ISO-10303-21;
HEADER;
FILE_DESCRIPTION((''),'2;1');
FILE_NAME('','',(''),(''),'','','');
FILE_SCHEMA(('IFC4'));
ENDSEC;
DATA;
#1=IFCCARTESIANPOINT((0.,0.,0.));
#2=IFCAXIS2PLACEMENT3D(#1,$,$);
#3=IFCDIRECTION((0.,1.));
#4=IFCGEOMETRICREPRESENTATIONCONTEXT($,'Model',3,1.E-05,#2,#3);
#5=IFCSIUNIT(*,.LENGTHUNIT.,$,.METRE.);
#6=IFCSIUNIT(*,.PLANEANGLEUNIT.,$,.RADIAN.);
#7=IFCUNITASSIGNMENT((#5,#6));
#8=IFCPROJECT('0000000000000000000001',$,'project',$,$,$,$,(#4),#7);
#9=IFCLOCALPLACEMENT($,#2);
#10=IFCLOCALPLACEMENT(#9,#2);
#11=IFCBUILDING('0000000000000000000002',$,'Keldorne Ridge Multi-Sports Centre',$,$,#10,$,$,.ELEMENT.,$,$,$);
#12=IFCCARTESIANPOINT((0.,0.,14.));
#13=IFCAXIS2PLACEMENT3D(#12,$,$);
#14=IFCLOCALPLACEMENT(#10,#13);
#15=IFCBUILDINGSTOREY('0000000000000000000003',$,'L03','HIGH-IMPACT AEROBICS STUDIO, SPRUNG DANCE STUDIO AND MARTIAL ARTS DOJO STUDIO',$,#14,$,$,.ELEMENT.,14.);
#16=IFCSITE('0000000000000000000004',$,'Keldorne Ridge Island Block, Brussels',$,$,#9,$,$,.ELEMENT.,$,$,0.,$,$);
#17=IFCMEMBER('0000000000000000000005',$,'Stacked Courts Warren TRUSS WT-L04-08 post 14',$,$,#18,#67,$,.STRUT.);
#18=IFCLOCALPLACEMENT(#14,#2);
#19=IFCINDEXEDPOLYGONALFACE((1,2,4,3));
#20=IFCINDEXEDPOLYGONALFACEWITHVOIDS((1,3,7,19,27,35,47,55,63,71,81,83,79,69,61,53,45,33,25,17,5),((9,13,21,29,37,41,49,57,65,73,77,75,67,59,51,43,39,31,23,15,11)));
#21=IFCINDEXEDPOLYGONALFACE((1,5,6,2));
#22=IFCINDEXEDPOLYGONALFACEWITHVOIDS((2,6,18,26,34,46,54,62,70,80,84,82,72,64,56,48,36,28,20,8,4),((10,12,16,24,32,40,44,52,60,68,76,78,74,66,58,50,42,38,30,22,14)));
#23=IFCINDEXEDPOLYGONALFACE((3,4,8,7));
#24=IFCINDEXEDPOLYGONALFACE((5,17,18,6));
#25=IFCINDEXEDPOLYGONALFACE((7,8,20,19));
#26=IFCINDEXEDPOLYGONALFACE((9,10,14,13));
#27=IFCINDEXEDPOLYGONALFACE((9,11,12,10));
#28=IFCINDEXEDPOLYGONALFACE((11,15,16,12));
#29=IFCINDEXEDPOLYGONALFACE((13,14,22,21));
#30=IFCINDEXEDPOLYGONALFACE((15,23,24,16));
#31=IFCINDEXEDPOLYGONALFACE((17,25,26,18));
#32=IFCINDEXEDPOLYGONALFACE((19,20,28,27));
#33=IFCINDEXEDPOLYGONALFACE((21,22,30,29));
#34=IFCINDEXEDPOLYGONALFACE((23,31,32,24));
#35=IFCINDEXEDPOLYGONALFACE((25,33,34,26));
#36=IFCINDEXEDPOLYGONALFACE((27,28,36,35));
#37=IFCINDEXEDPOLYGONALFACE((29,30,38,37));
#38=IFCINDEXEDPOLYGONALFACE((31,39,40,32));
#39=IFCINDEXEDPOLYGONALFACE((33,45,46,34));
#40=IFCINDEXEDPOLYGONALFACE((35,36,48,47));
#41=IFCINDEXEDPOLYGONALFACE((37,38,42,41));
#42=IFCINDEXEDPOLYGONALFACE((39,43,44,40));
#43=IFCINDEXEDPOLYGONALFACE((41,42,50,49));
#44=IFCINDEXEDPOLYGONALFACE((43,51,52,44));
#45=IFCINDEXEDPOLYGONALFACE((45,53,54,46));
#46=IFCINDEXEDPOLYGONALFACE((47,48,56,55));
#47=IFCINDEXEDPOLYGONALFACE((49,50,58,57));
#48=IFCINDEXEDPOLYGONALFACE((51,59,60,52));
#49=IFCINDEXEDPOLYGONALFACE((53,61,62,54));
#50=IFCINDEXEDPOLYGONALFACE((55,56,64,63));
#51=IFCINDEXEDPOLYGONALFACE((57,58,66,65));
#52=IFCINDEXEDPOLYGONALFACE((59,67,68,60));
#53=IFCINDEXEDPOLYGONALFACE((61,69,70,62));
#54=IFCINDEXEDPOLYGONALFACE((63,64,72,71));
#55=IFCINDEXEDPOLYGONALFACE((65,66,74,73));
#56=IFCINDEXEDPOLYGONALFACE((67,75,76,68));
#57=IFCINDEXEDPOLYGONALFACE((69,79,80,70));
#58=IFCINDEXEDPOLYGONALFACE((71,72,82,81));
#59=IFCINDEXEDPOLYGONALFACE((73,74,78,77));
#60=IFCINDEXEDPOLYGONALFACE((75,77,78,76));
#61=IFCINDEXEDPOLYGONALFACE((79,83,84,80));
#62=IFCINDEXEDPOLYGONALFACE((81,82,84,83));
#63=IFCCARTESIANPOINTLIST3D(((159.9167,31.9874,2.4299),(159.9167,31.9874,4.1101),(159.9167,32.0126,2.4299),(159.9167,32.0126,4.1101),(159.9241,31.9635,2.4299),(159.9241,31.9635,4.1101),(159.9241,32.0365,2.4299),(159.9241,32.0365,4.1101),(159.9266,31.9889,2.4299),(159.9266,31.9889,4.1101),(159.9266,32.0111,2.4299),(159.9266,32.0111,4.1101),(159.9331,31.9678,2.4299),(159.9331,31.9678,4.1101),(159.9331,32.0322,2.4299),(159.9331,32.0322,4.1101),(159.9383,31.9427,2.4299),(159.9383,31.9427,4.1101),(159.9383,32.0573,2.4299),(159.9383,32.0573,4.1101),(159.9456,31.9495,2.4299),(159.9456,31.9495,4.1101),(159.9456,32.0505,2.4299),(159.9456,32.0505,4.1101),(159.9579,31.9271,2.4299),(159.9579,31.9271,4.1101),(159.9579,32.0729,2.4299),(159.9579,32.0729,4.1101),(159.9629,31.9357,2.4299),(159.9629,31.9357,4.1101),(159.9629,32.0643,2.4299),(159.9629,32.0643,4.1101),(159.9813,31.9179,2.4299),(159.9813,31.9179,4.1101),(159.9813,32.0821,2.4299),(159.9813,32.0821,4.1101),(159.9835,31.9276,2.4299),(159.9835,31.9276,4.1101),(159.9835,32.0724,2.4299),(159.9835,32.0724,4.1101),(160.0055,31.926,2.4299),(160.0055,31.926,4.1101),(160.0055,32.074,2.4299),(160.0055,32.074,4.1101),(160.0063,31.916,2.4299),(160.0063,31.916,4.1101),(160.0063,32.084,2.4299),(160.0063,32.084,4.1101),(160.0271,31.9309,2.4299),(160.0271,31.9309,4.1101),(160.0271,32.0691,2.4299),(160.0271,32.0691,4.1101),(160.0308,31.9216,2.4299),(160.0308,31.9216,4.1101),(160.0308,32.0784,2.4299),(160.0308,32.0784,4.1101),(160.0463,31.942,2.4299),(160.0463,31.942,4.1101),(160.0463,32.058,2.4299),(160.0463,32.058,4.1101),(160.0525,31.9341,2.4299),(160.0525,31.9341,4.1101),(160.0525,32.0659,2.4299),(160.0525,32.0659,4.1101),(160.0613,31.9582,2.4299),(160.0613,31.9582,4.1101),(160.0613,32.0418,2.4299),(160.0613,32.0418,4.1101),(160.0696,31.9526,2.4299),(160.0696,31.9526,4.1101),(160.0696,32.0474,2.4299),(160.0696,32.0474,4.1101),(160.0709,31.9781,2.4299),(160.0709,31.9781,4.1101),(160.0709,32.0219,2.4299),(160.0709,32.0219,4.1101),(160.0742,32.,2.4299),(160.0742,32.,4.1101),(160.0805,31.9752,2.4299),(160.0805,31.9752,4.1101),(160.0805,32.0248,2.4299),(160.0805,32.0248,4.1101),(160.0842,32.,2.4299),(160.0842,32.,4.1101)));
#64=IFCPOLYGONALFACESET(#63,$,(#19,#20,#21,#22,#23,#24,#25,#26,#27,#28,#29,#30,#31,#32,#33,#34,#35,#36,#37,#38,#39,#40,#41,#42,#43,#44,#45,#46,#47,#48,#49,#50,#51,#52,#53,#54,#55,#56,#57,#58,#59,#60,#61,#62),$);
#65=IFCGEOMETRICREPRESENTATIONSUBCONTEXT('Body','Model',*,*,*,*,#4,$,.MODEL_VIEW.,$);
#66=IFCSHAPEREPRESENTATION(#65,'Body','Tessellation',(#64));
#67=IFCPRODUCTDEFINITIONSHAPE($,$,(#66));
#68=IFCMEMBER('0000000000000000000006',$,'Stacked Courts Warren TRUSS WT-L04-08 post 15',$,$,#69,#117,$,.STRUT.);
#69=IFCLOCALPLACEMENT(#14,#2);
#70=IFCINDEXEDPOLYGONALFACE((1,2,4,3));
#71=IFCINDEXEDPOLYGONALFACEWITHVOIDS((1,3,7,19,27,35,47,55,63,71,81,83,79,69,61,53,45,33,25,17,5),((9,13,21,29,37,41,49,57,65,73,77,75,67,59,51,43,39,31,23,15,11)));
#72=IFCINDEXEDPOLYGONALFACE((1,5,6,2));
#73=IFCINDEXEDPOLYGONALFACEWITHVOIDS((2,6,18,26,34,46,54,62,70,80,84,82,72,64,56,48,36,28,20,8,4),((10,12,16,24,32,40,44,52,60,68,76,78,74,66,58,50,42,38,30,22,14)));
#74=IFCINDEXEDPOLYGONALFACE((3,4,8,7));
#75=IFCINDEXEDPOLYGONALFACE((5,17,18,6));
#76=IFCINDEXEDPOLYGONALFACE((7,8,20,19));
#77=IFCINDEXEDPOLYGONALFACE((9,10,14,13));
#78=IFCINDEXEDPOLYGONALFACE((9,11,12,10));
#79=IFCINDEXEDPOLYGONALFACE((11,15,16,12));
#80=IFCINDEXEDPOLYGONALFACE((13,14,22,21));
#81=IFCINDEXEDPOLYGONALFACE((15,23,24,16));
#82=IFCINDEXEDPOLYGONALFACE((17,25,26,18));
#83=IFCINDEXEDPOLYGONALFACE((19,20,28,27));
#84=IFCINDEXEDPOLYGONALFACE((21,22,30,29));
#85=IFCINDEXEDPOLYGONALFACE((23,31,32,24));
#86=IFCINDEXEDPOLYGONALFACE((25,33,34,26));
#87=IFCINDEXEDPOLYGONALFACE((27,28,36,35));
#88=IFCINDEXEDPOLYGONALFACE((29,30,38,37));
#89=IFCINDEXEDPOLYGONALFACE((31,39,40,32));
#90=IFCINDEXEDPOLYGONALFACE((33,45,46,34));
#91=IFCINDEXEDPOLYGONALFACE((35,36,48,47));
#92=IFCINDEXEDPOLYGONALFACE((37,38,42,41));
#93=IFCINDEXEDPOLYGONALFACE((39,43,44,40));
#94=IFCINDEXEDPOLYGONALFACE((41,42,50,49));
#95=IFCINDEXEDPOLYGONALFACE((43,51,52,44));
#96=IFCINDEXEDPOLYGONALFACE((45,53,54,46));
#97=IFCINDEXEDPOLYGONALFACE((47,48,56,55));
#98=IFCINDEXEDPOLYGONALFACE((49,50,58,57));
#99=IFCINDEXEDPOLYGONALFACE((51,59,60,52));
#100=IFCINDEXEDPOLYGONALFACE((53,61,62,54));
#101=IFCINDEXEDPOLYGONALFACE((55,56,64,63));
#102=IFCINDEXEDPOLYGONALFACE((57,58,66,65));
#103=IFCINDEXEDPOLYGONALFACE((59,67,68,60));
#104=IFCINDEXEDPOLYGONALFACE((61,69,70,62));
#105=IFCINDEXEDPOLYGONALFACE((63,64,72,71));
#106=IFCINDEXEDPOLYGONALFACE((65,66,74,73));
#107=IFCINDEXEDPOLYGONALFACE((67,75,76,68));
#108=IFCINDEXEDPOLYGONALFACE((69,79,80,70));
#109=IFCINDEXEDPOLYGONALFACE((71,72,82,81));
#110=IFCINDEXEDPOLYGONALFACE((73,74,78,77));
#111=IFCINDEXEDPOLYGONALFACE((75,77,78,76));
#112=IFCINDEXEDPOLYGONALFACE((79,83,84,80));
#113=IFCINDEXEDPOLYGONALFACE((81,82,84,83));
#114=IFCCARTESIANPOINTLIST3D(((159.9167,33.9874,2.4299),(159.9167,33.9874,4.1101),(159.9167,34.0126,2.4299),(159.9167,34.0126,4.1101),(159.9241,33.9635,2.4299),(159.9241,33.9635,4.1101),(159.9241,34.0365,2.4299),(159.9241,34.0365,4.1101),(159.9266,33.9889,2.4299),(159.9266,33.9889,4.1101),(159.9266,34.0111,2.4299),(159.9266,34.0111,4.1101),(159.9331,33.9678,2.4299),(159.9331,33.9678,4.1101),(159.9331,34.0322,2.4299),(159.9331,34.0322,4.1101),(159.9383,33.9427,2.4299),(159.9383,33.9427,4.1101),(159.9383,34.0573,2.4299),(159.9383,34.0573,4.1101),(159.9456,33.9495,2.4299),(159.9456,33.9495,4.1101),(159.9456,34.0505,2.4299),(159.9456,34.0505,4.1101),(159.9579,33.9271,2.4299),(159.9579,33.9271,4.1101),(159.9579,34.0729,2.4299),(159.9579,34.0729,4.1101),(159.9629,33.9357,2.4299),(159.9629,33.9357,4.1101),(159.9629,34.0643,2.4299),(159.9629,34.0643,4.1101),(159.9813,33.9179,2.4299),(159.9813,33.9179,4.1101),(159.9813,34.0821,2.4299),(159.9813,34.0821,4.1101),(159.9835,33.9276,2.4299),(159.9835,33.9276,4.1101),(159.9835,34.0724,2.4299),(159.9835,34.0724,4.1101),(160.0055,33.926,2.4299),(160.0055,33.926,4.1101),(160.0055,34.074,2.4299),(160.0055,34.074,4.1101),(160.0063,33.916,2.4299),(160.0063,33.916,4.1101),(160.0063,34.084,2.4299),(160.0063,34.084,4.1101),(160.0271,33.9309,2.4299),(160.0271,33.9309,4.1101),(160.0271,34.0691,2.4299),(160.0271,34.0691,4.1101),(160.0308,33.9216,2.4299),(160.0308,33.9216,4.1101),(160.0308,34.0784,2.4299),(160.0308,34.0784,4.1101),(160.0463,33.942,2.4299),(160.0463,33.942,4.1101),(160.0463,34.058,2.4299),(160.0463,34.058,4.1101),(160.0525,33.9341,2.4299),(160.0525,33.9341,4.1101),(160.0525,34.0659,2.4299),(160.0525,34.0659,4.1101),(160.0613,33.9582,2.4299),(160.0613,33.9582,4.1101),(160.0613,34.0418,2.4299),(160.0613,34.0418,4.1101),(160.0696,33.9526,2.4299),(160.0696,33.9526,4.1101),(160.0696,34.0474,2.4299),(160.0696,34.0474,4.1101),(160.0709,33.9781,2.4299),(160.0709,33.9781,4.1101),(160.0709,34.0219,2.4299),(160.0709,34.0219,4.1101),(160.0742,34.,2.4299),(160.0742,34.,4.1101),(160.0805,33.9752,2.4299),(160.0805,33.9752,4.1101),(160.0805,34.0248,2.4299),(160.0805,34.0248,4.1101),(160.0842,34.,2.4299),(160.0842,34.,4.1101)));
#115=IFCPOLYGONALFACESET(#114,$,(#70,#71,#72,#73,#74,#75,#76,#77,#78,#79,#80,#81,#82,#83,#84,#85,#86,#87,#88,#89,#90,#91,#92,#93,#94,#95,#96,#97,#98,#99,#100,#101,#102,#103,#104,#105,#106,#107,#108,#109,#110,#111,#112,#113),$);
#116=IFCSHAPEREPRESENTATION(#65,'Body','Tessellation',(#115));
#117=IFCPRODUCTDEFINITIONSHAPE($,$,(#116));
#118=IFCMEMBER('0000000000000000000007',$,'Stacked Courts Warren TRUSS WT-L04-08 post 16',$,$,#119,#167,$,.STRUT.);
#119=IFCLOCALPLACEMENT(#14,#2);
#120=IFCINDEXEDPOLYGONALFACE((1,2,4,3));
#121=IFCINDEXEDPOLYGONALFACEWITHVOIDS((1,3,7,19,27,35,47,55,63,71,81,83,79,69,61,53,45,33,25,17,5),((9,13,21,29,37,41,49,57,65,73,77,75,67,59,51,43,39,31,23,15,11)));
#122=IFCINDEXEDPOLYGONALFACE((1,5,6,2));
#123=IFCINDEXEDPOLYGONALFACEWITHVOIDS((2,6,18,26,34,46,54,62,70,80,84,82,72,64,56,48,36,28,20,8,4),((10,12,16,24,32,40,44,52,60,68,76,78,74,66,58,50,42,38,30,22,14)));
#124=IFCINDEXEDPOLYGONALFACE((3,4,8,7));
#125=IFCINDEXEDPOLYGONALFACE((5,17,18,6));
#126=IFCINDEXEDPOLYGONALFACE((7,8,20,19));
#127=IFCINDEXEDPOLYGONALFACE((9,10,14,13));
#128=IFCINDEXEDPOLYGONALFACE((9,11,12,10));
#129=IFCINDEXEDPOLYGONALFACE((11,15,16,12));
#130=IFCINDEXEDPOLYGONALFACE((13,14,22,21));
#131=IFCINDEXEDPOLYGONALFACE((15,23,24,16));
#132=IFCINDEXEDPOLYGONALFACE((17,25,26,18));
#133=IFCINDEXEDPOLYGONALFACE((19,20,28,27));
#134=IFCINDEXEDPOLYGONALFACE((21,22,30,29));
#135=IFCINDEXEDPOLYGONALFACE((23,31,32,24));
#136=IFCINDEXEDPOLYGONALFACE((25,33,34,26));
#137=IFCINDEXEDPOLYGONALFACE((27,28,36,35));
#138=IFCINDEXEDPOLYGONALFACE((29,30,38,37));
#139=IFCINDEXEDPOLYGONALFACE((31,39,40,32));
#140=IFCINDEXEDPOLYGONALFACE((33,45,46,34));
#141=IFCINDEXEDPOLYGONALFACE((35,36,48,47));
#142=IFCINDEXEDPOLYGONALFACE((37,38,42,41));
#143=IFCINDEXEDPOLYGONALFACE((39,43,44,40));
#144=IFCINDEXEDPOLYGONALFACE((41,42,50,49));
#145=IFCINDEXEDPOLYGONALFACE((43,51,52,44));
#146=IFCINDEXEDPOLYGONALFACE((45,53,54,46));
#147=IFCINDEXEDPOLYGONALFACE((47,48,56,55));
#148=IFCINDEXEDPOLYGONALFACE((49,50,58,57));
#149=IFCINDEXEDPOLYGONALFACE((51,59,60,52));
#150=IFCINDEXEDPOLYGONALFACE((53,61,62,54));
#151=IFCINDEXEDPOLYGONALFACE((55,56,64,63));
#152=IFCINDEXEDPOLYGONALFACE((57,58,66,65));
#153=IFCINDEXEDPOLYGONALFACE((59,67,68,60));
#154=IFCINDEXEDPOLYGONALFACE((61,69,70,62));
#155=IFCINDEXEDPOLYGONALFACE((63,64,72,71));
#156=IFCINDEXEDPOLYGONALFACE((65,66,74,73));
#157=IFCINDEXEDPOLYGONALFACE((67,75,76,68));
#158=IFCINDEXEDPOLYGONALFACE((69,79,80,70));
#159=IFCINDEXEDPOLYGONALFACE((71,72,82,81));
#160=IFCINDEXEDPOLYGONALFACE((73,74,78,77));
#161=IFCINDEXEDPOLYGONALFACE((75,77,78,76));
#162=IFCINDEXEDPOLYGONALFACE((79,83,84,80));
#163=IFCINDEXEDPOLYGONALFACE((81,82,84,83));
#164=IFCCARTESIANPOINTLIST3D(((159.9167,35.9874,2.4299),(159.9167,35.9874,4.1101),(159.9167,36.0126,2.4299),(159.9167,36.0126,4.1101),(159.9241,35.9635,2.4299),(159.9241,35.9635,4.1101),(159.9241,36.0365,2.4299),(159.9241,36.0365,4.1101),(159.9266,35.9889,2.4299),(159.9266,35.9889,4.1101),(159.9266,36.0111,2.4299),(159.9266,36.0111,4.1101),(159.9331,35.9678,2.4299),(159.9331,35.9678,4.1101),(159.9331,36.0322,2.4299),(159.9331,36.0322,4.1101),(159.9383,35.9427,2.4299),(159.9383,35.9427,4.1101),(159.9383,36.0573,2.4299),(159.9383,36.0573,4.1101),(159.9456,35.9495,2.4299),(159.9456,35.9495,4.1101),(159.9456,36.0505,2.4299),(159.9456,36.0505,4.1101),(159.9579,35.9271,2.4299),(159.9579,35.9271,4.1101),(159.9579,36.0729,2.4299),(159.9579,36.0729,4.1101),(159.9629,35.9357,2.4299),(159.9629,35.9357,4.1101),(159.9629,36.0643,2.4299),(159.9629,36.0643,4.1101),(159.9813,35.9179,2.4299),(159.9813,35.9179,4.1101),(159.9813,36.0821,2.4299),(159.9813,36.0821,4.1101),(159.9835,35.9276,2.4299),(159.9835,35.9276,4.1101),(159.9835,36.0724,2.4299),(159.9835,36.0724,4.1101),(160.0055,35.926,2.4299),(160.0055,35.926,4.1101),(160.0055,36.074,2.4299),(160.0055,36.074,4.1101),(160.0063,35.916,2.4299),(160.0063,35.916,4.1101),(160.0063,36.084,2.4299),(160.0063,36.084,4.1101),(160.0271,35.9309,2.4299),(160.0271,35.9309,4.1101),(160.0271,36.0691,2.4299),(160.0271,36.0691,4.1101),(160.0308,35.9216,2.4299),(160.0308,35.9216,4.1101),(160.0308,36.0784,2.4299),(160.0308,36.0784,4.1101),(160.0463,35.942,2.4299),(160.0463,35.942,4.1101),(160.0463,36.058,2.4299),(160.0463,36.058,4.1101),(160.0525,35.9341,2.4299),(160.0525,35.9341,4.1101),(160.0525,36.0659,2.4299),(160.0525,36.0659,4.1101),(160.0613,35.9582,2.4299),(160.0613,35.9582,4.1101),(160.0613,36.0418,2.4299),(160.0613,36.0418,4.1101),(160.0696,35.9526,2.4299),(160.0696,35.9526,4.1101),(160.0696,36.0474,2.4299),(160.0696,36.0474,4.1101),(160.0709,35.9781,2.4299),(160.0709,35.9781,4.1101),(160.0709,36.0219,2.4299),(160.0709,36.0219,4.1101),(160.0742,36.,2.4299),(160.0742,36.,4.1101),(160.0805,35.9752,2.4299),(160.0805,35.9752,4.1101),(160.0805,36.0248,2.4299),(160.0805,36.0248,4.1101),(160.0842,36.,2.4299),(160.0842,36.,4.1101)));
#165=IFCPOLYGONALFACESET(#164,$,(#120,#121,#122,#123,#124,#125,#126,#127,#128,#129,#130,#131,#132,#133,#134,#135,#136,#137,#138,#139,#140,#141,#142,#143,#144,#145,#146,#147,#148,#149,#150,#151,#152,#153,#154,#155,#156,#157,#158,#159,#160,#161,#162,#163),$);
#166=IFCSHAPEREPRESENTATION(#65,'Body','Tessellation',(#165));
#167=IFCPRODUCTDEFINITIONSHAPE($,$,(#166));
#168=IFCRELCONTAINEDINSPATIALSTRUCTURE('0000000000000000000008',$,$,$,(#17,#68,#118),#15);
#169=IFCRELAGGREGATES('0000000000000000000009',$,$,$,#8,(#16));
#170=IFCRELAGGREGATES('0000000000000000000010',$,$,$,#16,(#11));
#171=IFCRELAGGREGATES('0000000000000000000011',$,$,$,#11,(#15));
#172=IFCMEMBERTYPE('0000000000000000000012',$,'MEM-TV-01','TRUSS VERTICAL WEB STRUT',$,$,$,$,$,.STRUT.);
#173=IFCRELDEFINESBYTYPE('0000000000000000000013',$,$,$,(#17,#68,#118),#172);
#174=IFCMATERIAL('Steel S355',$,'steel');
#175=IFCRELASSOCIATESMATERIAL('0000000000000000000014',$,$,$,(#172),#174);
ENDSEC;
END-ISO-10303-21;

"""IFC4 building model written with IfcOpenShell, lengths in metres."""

from ifc_helpers import new_model, si_unit, direction, frame, origin, origin_2d, place, context, subcontext, project, spatial, hollow_circle, extrude, material, material_profile, profile_set, type_object, element, save


model = new_model("IFC4")

# Units and contexts
model_context = context("Model", 3, precision=1e-05, world=origin(), true_north=direction((0.0, 1.0)))
body_context = subcontext(model_context, "Body", "Model", "MODEL_VIEW")
ifc_project = project(units=[si_unit("LENGTHUNIT", "METRE"), si_unit("PLANEANGLEUNIT", "RADIAN")], contexts=[model_context])

# Site, building, storey
site_placement = place(None, origin())
site = spatial("IfcSite", under=ifc_project, at=site_placement, Name="Keldorne Ridge Island Block, Brussels", CompositionType="ELEMENT", RefElevation=0.0)
building_placement = place(site_placement, origin())
building = spatial("IfcBuilding", under=site, at=building_placement, Name="Keldorne Ridge Multi-Sports Centre", CompositionType="ELEMENT")
storey_placement = place(building_placement, frame((0.0, 0.0, 14.0)))
storey = spatial("IfcBuildingStorey", under=building, at=storey_placement, Name="L03", Description="HIGH-IMPACT AEROBICS STUDIO, SPRUNG DANCE STUDIO AND MARTIAL ARTS DOJO STUDIO", CompositionType="ELEMENT", Elevation=14.0)

# Shared definitions
ifc_material_1 = material(Name="Steel S355", Category="steel")

# Members
ifc_material_profile_1 = material_profile(ifc_material_1, hollow_circle(Radius=0.0842, WallThickness=0.01, at=origin_2d()), Name="CHS 168.3x10")
ifc_profile_set_1 = profile_set([ifc_material_profile_1], Name="Steel S355")
member_type_1 = type_object("IfcMemberType", Name="MEM-TV-01", Description="TRUSS VERTICAL WEB STRUT", PredefinedType="STRUT", material=ifc_profile_set_1)
for number, where, z_axis, x_axis, name in (
    (1, (160.0, 32.0, 2.4299), (0.0, 0.0, 1.0), (1.0, 0.0, 0.0), "Stacked Courts Warren TRUSS WT-L04-08 post 14"),
    (2, (160.0, 34.0, 2.4299), (0.0, 0.0, 1.0), (1.0, 0.0, 0.0), "Stacked Courts Warren TRUSS WT-L04-08 post 15"),
    (3, (160.0, 36.0, 2.4299), (0.0, 0.0, 1.0), (1.0, 0.0, 0.0), "Stacked Courts Warren TRUSS WT-L04-08 post 16"),
):
    element("IfcMember", number, at=place(storey_placement, frame(where, z_axis=z_axis, x_axis=x_axis)), inside=storey, type_object=member_type_1, Name=name, PredefinedType="STRUT", context=body_context, shape_type="SweptSolid", body=[
        extrude(hollow_circle(Radius=0.0842, WallThickness=0.01, at=origin_2d()), origin(), (0.0, 0.0, 1.0), 1.6802),
    ])

save(model, "model.ifc")
